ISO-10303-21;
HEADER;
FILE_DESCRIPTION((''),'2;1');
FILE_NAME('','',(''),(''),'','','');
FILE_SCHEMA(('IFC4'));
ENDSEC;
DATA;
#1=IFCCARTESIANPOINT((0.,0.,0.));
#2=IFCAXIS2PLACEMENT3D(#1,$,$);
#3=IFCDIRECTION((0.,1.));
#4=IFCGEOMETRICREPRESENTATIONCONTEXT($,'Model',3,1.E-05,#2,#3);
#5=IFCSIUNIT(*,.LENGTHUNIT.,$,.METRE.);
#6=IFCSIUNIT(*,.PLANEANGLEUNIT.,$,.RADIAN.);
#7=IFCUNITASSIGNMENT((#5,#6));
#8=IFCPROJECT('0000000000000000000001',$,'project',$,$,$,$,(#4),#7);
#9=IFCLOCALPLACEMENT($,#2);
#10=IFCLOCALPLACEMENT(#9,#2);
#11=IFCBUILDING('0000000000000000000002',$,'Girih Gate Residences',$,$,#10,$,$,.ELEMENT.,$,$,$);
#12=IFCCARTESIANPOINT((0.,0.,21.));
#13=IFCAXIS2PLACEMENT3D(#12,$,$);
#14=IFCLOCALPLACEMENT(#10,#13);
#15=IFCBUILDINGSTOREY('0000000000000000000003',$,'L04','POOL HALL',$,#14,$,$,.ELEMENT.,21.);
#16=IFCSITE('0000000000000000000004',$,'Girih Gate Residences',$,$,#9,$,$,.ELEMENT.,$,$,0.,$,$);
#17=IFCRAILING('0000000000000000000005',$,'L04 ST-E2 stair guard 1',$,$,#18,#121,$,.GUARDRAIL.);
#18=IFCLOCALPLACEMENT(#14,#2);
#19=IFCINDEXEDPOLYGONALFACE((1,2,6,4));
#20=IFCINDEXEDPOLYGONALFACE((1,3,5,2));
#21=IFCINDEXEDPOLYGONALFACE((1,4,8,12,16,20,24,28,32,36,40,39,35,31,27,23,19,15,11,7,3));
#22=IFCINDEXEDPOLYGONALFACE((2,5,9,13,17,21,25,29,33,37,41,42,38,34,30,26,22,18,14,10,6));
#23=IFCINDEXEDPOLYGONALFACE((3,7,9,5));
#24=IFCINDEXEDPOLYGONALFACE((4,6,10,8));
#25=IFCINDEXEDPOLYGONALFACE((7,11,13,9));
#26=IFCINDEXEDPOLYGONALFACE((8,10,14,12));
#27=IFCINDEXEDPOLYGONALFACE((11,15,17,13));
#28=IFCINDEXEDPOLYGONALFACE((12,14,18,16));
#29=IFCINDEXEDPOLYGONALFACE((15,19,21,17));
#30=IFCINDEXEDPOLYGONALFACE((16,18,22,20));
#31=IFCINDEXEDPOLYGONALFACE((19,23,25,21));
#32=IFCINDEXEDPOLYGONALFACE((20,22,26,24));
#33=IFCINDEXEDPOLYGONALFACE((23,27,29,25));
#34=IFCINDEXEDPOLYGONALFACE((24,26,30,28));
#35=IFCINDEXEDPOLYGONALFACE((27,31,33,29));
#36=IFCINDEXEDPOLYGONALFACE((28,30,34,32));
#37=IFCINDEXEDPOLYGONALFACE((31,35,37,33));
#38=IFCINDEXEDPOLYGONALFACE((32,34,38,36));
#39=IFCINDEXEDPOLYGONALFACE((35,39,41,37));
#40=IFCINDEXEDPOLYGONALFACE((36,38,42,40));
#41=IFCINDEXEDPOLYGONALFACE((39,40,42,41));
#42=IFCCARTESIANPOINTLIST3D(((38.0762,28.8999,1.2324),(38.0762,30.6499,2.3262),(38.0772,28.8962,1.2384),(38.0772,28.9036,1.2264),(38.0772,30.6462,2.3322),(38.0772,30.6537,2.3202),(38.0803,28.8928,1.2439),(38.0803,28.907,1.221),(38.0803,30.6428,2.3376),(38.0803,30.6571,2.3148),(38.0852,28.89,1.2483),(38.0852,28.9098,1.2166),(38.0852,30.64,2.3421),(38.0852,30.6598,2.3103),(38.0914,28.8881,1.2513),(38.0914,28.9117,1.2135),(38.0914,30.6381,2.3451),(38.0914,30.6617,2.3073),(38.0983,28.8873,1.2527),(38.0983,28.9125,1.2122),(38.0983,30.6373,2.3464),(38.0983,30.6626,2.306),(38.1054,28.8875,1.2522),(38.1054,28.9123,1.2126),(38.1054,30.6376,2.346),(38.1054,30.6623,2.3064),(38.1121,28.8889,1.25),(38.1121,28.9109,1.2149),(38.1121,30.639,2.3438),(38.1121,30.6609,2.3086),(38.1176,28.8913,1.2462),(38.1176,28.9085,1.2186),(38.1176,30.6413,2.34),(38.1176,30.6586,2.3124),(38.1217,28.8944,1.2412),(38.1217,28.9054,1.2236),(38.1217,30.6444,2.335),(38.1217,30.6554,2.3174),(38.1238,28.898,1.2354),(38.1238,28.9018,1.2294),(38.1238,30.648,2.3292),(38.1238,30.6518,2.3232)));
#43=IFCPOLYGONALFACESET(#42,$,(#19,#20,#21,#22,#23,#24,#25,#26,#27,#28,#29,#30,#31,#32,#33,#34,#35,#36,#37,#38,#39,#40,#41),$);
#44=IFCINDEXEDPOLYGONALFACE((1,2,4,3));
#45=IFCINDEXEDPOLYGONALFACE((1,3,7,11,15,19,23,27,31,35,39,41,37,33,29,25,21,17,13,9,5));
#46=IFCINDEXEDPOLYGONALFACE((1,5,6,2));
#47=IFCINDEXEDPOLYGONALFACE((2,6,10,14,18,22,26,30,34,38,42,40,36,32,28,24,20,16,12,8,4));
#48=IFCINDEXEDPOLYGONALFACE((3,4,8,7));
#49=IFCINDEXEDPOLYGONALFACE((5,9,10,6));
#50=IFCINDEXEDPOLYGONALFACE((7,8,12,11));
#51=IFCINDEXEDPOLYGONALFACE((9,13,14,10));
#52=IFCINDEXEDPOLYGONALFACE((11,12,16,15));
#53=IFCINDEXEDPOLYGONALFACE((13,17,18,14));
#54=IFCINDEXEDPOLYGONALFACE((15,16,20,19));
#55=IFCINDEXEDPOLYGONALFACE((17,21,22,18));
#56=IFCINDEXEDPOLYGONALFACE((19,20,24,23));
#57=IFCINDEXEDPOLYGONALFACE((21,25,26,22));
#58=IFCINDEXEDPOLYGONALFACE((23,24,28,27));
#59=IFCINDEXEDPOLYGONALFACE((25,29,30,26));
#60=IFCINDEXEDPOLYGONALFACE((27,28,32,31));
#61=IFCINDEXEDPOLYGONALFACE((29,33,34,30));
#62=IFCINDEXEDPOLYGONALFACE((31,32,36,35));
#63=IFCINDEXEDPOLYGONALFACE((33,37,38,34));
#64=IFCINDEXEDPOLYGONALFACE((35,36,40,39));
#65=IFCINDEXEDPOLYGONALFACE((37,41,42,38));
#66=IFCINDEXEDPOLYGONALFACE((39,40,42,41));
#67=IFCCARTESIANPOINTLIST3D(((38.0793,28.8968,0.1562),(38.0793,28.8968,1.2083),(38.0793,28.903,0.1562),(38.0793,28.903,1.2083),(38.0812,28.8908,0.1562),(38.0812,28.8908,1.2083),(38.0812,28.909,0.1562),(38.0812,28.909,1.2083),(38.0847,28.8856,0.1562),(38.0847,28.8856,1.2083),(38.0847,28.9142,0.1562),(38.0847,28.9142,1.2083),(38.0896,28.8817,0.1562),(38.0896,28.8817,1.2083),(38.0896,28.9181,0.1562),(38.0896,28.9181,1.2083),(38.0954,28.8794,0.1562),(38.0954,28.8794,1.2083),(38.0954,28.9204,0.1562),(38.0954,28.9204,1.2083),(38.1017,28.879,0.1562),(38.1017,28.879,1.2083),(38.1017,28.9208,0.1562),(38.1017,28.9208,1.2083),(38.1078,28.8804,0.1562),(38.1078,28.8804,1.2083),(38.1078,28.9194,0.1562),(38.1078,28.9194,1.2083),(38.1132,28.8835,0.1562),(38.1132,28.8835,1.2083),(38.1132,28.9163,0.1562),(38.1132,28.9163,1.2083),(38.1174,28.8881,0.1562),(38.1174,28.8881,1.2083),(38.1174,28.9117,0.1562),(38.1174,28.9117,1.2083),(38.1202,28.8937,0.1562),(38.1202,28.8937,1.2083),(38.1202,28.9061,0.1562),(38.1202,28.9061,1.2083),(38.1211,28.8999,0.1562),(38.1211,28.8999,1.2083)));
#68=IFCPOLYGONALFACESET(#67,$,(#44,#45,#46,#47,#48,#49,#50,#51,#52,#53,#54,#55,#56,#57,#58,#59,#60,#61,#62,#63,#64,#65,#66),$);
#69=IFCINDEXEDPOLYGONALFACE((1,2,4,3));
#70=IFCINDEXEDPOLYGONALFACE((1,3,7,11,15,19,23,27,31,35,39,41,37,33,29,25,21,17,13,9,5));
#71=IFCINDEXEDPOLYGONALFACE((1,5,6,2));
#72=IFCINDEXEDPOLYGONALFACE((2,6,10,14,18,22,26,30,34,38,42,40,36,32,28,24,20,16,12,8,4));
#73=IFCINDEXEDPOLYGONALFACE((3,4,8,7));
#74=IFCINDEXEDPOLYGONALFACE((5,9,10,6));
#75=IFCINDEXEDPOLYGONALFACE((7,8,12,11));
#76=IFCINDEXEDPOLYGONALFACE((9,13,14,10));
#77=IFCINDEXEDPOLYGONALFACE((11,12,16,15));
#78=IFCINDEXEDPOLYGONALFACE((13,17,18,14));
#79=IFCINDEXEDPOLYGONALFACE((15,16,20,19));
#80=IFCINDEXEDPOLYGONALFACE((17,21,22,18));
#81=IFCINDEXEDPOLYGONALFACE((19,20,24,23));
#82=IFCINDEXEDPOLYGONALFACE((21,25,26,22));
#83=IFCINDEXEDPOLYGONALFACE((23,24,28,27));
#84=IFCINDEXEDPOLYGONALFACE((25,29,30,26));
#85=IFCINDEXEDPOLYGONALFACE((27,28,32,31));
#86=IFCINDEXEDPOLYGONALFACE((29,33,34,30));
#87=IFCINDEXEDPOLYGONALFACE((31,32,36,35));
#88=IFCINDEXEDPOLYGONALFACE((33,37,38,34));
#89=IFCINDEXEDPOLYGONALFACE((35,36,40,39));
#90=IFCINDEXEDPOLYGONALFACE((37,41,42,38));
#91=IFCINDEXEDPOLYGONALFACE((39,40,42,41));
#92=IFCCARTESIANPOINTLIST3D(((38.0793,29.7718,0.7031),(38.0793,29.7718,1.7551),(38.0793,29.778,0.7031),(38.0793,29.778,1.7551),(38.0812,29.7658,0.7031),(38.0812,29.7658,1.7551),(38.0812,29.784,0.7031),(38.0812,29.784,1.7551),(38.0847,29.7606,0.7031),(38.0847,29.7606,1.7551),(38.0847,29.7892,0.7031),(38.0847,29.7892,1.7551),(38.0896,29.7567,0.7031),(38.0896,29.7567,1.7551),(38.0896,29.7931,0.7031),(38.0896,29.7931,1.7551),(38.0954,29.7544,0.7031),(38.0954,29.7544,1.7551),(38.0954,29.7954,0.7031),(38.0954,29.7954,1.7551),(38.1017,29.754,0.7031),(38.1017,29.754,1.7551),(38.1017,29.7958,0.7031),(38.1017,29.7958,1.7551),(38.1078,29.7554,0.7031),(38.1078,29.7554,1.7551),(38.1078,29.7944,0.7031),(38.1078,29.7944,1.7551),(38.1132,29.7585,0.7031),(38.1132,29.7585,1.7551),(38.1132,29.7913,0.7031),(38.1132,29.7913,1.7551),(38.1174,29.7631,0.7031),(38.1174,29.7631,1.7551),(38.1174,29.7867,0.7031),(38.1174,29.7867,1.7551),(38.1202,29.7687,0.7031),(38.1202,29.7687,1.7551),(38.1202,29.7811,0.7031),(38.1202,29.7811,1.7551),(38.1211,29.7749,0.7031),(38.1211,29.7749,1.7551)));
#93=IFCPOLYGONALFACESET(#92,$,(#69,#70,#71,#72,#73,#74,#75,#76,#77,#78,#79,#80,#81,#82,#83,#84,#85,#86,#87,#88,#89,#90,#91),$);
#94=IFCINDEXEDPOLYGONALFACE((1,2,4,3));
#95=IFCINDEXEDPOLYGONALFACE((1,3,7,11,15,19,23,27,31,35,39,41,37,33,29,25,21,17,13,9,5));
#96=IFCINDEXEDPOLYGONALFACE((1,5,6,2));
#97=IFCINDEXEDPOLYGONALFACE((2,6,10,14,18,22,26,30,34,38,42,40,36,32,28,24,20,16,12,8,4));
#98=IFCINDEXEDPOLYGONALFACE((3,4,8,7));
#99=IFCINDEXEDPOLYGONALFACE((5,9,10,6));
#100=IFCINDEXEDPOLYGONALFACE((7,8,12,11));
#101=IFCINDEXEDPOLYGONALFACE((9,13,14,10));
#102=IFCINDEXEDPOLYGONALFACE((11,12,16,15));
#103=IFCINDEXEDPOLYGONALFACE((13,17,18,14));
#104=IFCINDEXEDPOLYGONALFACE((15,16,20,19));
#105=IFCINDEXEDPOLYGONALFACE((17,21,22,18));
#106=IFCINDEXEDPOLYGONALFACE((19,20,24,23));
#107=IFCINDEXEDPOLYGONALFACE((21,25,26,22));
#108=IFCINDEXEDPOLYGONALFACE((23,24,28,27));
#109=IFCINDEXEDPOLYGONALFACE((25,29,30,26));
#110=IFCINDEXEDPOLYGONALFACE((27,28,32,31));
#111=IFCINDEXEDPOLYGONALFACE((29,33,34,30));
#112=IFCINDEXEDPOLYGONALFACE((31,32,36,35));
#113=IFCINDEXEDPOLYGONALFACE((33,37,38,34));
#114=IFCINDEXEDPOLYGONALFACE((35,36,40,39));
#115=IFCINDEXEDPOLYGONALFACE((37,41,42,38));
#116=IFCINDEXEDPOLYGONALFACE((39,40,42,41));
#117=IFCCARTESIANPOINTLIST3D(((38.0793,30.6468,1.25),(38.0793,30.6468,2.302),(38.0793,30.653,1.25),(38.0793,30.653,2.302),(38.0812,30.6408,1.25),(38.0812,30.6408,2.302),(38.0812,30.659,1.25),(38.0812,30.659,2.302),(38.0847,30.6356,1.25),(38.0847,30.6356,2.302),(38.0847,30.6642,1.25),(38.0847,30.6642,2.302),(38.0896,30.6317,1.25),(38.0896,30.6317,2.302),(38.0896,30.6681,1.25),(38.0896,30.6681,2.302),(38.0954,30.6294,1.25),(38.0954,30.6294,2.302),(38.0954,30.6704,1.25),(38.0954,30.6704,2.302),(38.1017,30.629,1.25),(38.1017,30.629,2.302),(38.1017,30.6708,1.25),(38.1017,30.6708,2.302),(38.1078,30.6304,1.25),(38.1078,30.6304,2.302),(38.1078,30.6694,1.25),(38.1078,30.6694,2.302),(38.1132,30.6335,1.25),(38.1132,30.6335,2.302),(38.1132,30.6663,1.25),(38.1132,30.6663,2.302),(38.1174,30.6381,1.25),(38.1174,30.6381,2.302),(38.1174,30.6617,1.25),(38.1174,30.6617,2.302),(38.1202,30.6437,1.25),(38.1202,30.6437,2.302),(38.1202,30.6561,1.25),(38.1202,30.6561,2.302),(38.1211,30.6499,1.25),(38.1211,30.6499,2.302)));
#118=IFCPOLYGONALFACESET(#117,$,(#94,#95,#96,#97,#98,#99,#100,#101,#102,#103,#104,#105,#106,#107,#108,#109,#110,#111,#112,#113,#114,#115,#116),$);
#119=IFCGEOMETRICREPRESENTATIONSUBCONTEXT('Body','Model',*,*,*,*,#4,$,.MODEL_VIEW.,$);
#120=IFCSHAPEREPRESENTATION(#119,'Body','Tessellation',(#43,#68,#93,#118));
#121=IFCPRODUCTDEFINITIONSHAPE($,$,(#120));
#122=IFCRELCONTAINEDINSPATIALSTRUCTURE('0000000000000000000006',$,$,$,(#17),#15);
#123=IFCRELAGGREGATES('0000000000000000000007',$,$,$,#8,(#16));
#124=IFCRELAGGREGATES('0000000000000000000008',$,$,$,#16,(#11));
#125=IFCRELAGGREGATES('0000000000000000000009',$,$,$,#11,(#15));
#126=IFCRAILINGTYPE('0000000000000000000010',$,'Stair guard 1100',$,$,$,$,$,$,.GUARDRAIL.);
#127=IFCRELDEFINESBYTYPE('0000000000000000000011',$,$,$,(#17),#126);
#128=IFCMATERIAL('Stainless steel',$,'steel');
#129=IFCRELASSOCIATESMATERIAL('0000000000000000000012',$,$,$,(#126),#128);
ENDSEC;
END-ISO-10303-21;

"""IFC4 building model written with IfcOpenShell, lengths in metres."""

from ifc_helpers import new_model, si_unit, direction, frame, origin, origin_2d, place, context, subcontext, project, spatial, circle, extrude, material, type_object, element, save


model = new_model("IFC4")

# Units and contexts
model_context = context("Model", 3, precision=1e-05, world=origin(), true_north=direction((0.0, 1.0)))
body_context = subcontext(model_context, "Body", "Model", "MODEL_VIEW")
ifc_project = project(units=[si_unit("LENGTHUNIT", "METRE"), si_unit("PLANEANGLEUNIT", "RADIAN")], contexts=[model_context])

# Site, building, storey
site_placement = place(None, origin())
site = spatial("IfcSite", under=ifc_project, at=site_placement, Name="Girih Gate Residences", CompositionType="ELEMENT", RefElevation=0.0)
building_placement = place(site_placement, origin())
building = spatial("IfcBuilding", under=site, at=building_placement, Name="Girih Gate Residences", CompositionType="ELEMENT")
storey_placement = place(building_placement, frame((0.0, 0.0, 21.0)))
storey = spatial("IfcBuildingStorey", under=building, at=storey_placement, Name="L04", Description="POOL HALL", CompositionType="ELEMENT", Elevation=21.0)

# Railing
ifc_material_1 = material(Name="Stainless steel", Category="steel")
railing_type_1 = type_object("IfcRailingType", Name="Stair guard 1100", PredefinedType="GUARDRAIL", material=ifc_material_1)
for number, where, name in (
    (1, (38.1001, 28.8999, 0.1562), "L04 ST-E2 stair guard 1"),
):
    element("IfcRailing", number, at=place(storey_placement, frame(where)), inside=storey, type_object=railing_type_1, Name=name, PredefinedType="GUARDRAIL", context=body_context, shape_type="SweptSolid", body=[
        extrude(circle(Radius=0.0239, at=origin_2d()), frame((0.0, 0.0, 1.0762), z_axis=(0.0, 0.847998, 0.529999), x_axis=(-1.0, 0.0, 0.0)), (0.0, 0.0, 1.0), 2.0637),
        extrude(circle(Radius=0.021, at=origin_2d()), origin(), (0.0, 0.0, 1.0), 1.052),
        extrude(circle(Radius=0.021, at=origin_2d()), frame((0.0, 0.875, 0.5469)), (0.0, 0.0, 1.0), 1.052),
        extrude(circle(Radius=0.021, at=origin_2d()), frame((0.0, 1.75, 1.0938)), (0.0, 0.0, 1.0), 1.052),
    ])

save(model, "model.ifc")
